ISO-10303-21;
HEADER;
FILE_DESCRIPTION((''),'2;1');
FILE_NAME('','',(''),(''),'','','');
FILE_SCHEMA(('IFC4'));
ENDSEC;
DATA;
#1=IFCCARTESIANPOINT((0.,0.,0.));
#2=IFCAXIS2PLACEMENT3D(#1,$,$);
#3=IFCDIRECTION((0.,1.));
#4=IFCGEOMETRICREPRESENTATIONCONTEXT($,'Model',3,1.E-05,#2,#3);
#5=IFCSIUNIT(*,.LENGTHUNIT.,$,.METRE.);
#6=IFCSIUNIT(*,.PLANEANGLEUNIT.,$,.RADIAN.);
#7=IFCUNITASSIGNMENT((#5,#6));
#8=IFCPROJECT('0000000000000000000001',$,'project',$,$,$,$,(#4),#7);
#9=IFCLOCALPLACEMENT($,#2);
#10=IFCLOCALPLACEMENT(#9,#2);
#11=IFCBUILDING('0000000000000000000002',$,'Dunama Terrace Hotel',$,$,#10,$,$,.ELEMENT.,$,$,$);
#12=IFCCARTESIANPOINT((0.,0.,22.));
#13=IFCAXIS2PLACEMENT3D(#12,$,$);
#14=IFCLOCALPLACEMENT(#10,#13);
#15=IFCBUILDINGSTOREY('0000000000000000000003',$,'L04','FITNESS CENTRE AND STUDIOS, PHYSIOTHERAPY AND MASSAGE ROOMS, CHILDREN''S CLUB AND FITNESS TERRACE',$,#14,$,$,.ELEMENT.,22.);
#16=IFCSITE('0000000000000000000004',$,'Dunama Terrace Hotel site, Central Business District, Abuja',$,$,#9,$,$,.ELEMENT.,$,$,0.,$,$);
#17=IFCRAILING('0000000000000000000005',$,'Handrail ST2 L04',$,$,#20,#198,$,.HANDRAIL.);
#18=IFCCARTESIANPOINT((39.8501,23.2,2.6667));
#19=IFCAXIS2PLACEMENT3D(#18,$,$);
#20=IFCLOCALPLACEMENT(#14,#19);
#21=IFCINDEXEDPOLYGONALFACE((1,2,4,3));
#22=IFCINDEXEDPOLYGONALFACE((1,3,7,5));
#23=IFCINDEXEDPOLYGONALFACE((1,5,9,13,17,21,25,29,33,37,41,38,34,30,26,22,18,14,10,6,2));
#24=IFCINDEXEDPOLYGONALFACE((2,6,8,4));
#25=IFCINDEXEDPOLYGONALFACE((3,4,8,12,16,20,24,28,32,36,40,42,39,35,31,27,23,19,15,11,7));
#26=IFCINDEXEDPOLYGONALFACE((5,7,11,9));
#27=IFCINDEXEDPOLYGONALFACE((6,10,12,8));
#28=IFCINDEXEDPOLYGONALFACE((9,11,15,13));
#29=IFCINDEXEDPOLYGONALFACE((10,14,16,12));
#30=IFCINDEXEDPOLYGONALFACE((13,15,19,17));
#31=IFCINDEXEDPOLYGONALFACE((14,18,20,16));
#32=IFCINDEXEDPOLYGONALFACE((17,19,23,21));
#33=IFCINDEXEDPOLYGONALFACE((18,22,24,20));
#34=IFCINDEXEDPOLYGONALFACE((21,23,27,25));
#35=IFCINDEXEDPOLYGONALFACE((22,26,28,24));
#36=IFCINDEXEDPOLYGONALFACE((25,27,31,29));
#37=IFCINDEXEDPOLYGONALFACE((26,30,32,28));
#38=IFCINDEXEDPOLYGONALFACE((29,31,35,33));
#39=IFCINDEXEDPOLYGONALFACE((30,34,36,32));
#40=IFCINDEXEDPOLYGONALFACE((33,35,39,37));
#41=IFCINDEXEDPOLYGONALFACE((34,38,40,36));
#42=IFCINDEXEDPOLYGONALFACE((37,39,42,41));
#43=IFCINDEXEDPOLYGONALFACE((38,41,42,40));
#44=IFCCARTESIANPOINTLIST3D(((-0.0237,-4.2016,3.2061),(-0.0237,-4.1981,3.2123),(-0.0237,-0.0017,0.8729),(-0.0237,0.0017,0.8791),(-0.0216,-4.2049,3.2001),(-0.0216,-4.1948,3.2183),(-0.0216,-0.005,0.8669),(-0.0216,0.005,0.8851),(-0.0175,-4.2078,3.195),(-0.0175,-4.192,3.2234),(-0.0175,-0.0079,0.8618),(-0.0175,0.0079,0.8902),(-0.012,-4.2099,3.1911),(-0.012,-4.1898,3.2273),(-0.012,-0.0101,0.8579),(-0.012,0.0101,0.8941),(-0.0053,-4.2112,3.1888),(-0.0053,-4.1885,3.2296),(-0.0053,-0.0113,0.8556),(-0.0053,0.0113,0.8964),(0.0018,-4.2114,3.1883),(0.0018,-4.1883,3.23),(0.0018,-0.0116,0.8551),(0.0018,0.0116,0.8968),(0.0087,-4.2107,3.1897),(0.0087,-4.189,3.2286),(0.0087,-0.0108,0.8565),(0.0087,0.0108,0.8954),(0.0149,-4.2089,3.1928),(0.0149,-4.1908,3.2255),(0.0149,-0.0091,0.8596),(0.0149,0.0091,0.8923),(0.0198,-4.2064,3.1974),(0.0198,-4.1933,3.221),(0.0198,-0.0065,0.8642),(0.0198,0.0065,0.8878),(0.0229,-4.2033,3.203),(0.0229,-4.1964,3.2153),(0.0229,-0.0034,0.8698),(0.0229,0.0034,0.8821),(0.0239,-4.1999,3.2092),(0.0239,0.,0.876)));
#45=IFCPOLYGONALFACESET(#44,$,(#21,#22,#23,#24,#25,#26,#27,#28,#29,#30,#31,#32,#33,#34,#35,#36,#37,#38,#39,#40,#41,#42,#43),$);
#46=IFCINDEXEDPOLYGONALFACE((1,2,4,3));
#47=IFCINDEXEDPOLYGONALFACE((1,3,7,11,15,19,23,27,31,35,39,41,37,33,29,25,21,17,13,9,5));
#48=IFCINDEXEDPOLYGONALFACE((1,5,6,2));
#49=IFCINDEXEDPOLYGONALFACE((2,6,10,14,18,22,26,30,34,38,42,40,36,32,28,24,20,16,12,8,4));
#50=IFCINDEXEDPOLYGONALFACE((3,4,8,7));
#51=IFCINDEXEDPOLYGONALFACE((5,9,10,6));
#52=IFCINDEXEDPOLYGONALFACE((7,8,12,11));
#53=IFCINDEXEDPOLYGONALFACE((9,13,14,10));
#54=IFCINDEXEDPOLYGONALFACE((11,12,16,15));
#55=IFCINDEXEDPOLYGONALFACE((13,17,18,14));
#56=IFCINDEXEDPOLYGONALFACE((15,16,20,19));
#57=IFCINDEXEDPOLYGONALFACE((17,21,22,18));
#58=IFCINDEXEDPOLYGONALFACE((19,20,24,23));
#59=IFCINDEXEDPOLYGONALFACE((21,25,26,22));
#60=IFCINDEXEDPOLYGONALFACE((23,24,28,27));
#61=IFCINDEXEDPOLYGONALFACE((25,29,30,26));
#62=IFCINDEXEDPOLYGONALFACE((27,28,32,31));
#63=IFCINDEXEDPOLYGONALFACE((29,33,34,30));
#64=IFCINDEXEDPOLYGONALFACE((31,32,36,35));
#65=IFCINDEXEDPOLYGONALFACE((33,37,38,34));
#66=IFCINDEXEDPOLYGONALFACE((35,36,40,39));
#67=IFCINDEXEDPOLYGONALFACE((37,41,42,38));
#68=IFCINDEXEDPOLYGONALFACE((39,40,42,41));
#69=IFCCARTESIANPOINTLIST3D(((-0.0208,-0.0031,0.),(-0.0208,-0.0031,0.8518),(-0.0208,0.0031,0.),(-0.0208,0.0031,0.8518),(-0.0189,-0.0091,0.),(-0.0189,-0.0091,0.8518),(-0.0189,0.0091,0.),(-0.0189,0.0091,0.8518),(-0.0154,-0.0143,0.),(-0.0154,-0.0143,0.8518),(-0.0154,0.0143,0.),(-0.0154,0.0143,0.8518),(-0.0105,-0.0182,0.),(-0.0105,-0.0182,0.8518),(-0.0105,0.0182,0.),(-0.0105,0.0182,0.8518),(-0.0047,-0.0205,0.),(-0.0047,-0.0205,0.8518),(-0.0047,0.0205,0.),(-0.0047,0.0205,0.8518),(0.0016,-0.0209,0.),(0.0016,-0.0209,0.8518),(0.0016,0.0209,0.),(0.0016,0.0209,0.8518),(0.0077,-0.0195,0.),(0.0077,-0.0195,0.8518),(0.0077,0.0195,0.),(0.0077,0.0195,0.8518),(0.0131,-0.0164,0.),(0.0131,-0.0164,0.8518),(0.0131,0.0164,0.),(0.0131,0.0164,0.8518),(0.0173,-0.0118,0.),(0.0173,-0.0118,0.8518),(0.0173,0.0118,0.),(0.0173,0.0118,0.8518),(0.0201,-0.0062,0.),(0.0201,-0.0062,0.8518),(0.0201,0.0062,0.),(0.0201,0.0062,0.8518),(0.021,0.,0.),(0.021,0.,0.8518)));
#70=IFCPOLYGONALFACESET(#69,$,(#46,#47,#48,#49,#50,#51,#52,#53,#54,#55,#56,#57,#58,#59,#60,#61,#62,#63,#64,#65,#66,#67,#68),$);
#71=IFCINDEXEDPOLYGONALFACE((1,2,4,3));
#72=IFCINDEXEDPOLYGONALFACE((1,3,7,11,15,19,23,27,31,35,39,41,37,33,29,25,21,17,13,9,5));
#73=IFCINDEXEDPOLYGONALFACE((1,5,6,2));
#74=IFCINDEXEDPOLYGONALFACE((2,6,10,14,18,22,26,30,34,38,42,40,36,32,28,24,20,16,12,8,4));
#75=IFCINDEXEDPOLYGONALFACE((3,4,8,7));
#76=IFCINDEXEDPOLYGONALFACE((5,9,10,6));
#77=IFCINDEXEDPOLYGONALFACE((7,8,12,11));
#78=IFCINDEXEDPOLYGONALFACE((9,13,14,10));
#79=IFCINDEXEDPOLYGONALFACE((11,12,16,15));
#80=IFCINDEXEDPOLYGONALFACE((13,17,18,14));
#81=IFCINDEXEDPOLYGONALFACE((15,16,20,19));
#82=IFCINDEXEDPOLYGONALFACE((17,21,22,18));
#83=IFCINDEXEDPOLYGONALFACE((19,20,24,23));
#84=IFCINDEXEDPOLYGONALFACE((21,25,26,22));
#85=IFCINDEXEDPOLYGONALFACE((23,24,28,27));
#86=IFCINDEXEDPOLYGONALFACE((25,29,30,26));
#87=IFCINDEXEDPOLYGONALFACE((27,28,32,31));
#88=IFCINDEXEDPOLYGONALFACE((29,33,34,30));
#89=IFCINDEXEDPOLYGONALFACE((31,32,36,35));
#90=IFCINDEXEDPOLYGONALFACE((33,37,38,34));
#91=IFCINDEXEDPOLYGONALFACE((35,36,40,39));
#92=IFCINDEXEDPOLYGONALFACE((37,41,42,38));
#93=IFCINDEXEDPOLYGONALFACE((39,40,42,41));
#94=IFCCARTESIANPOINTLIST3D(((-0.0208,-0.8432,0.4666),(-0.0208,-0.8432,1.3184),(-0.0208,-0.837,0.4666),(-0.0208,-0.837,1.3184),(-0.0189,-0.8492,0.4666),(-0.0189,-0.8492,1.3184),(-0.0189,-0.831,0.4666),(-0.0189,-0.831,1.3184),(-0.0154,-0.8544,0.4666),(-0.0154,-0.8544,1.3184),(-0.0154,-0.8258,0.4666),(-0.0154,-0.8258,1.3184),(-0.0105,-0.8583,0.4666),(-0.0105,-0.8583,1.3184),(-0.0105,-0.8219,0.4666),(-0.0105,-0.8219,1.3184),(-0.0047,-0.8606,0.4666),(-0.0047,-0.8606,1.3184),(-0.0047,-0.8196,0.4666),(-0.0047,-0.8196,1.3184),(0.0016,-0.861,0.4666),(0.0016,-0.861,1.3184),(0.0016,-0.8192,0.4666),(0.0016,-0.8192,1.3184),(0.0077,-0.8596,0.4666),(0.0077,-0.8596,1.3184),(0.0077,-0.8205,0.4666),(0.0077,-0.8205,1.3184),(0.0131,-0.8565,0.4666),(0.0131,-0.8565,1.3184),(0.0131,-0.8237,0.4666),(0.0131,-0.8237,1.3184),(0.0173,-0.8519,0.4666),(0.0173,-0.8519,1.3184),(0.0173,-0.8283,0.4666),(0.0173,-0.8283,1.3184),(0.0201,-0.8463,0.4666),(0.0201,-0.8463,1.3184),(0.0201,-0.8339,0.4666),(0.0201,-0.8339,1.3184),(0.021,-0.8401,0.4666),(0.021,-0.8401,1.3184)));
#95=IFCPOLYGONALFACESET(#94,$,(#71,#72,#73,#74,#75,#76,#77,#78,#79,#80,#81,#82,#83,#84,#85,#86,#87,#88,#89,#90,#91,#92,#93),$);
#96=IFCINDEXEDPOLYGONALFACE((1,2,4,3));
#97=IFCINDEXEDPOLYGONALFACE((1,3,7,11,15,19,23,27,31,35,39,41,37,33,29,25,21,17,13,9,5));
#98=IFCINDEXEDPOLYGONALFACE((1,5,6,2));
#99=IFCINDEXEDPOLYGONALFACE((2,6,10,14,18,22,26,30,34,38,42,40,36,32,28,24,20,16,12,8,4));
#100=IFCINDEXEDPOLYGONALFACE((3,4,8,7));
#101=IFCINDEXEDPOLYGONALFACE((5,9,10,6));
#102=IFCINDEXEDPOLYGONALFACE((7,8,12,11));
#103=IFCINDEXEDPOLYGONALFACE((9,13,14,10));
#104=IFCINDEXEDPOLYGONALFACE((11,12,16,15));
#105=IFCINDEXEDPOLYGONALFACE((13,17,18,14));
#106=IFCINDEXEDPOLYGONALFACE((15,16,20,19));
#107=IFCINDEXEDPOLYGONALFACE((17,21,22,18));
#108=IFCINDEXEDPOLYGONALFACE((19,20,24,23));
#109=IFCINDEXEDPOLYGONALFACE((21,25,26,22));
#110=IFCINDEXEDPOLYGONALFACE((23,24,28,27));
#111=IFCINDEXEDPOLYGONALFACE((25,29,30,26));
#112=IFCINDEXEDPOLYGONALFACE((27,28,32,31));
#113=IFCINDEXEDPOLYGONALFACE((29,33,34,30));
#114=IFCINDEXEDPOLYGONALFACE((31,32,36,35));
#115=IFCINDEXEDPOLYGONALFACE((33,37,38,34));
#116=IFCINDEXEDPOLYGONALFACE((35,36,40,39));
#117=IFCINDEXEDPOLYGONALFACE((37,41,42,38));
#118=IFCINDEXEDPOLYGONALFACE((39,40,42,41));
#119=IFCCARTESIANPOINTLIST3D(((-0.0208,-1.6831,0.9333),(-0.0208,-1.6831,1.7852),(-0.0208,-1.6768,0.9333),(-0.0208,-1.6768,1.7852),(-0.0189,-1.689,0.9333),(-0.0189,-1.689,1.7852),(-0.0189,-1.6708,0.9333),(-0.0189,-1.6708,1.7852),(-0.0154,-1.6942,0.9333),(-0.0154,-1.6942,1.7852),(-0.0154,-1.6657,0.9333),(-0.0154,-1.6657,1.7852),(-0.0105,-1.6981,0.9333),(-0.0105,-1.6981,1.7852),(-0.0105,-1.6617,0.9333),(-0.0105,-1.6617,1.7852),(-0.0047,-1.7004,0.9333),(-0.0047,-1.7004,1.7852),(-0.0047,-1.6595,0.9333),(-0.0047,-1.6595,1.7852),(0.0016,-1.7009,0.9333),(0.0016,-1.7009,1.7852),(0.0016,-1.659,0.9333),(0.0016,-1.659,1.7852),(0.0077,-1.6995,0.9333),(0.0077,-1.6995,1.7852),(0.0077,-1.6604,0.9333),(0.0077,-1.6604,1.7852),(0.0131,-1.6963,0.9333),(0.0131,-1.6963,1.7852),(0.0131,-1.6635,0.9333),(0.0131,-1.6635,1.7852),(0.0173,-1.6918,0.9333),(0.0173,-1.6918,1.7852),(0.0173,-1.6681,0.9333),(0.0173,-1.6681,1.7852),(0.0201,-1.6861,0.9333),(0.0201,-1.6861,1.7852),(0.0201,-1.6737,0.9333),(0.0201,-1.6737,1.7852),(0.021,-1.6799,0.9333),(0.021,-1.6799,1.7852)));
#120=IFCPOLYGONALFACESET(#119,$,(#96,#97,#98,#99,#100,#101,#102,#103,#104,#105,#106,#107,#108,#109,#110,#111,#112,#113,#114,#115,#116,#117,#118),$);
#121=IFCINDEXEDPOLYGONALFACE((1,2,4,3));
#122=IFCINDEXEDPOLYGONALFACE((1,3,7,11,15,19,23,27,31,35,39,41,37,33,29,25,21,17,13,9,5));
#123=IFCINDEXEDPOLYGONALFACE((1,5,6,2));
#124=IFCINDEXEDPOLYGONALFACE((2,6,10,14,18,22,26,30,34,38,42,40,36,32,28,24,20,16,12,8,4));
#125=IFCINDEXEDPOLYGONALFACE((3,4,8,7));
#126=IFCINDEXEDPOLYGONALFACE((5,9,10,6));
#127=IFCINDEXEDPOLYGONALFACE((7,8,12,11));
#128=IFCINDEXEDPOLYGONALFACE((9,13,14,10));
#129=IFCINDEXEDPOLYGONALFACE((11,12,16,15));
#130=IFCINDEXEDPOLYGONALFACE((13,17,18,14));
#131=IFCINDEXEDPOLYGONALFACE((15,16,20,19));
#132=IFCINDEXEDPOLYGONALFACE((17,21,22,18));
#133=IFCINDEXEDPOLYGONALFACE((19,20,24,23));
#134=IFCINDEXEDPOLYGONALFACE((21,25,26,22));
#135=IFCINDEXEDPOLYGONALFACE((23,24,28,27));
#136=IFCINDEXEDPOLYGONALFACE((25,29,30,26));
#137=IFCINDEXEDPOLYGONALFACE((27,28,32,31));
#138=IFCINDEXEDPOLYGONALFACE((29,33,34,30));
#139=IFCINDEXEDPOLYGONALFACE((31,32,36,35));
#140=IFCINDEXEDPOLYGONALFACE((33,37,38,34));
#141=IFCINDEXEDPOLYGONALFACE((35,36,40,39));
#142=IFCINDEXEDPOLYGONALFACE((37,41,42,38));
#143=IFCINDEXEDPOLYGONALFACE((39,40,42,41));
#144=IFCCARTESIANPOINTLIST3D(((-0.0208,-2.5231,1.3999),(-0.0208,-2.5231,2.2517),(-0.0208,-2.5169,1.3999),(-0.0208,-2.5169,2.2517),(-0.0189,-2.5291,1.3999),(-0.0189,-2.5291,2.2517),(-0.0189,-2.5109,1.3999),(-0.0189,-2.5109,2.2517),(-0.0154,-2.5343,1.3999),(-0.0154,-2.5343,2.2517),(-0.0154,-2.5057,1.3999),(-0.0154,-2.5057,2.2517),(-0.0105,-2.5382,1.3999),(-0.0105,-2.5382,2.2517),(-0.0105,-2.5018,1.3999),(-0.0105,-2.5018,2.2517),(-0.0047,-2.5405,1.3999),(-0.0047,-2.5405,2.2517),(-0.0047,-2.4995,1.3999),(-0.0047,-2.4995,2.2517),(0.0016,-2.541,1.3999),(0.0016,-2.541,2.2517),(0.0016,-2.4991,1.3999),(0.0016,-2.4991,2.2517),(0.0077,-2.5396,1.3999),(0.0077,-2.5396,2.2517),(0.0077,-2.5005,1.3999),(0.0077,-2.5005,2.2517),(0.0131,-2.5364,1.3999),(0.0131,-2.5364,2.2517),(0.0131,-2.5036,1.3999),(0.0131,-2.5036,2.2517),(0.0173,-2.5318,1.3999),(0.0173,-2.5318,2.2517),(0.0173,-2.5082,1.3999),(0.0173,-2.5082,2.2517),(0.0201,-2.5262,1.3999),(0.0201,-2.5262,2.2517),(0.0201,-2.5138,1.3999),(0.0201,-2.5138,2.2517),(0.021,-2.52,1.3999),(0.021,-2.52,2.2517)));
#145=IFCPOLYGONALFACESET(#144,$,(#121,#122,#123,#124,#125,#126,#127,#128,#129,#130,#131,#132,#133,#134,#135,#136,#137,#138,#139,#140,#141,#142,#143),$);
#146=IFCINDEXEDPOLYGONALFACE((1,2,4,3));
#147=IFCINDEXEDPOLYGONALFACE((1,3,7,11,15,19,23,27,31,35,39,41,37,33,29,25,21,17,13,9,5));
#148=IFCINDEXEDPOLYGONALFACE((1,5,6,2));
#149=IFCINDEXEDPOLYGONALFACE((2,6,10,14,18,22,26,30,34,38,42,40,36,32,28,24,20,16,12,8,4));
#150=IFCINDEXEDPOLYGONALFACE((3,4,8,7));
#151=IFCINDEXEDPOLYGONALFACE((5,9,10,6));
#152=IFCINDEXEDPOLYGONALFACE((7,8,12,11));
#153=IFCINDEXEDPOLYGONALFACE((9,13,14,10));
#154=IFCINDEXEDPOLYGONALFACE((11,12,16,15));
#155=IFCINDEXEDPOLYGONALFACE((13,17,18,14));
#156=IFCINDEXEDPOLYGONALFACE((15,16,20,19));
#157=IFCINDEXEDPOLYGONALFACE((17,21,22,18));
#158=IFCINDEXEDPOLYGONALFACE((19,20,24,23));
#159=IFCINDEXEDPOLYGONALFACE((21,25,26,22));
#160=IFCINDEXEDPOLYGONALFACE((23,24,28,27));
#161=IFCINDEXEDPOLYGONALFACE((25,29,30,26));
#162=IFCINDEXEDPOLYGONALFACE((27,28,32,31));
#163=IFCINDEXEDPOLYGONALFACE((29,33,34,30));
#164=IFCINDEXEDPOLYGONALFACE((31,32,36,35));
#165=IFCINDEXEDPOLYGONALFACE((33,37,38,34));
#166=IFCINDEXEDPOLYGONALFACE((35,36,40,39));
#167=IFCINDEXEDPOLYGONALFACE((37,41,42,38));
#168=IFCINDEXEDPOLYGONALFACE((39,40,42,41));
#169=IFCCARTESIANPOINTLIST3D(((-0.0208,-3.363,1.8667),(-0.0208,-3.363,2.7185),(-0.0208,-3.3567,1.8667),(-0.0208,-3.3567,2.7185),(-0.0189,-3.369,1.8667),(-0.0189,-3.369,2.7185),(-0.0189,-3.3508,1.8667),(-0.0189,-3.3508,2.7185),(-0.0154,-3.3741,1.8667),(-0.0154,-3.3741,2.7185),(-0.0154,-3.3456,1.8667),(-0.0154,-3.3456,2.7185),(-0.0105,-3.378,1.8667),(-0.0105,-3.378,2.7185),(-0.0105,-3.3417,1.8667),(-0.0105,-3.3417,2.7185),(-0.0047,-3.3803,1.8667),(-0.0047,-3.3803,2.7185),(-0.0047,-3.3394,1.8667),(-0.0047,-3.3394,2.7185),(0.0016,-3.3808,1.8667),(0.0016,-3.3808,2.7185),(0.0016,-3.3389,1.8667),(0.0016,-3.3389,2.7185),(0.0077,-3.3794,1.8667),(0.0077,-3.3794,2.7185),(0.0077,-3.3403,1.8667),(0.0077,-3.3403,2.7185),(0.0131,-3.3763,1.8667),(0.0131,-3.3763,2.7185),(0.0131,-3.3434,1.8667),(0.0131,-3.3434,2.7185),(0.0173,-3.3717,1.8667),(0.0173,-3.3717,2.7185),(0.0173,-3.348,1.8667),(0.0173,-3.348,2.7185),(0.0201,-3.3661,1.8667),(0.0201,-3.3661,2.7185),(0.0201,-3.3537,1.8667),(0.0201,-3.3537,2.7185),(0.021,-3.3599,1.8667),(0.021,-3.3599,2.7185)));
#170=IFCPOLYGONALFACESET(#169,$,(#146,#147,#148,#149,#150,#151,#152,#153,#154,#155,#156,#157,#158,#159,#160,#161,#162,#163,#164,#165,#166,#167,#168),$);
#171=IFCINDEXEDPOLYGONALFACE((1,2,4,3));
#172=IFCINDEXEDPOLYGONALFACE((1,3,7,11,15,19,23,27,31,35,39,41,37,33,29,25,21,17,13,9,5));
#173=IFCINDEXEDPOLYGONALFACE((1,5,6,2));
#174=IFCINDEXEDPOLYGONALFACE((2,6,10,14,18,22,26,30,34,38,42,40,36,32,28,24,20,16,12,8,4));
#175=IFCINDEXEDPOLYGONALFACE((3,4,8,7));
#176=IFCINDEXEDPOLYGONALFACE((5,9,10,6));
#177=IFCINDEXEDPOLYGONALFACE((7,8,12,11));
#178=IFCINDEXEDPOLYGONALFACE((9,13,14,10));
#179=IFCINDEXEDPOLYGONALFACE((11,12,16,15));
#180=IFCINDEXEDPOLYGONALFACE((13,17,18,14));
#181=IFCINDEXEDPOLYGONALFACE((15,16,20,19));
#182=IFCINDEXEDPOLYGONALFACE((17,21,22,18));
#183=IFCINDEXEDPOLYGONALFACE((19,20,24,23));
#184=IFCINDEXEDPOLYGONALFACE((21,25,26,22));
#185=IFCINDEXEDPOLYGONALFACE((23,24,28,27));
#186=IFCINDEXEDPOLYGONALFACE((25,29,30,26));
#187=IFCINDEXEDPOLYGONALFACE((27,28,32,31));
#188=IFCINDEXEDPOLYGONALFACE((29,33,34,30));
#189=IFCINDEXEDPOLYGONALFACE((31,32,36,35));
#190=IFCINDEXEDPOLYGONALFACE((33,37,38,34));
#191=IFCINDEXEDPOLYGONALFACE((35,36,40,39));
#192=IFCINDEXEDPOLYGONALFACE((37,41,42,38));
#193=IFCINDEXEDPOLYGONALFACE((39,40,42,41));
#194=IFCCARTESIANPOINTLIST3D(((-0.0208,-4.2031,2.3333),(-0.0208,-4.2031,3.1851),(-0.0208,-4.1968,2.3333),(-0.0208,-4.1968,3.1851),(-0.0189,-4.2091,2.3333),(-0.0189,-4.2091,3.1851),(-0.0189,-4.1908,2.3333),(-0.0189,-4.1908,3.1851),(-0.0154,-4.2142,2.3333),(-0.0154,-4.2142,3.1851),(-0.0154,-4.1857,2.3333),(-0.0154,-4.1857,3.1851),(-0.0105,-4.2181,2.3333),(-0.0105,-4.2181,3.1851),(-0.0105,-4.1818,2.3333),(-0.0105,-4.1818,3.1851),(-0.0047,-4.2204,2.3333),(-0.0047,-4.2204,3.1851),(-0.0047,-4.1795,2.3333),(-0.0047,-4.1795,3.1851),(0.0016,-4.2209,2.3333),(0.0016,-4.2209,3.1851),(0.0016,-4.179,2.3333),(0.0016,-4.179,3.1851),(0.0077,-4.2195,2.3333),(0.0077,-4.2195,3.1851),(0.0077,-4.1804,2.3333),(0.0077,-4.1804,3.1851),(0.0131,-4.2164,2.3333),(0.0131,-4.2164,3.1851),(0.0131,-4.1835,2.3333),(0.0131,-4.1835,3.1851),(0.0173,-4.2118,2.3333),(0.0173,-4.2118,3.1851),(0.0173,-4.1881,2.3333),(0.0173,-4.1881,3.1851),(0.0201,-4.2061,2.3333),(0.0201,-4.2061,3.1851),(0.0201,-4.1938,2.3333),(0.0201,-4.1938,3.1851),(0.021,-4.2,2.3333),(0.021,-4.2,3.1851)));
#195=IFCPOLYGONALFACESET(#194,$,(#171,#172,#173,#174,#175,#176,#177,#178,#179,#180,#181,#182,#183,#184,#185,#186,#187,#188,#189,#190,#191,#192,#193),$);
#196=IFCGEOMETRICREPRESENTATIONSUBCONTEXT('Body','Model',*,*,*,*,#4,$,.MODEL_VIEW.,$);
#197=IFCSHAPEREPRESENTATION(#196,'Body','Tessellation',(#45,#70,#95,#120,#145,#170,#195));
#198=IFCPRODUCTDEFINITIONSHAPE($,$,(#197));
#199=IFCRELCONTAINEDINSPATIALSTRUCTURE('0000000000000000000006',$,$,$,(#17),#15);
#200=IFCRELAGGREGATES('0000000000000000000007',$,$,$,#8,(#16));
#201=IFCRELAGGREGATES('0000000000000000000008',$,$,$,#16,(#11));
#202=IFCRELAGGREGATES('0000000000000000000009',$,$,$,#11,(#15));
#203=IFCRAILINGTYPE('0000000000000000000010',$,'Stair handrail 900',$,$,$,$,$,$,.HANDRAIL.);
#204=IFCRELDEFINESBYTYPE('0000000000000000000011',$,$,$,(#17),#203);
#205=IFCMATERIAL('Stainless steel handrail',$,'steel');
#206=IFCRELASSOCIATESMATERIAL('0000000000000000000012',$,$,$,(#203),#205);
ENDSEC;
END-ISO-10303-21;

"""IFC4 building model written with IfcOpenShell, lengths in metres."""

from ifc_helpers import new_model, si_unit, direction, frame, origin, origin_2d, place, context, subcontext, project, spatial, circle, extrude, material, type_object, element, save


model = new_model("IFC4")

# Units and contexts
model_context = context("Model", 3, precision=1e-05, world=origin(), true_north=direction((0.0, 1.0)))
body_context = subcontext(model_context, "Body", "Model", "MODEL_VIEW")
ifc_project = project(units=[si_unit("LENGTHUNIT", "METRE"), si_unit("PLANEANGLEUNIT", "RADIAN")], contexts=[model_context])

# Site, building, storey
site_placement = place(None, origin())
site = spatial("IfcSite", under=ifc_project, at=site_placement, Name="Dunama Terrace Hotel site, Central Business District, Abuja", CompositionType="ELEMENT", RefElevation=0.0)
building_placement = place(site_placement, origin())
building = spatial("IfcBuilding", under=site, at=building_placement, Name="Dunama Terrace Hotel", CompositionType="ELEMENT")
storey_placement = place(building_placement, frame((0.0, 0.0, 22.0)))
storey = spatial("IfcBuildingStorey", under=building, at=storey_placement, Name="L04", Description="FITNESS CENTRE AND STUDIOS, PHYSIOTHERAPY AND MASSAGE ROOMS, CHILDREN'S CLUB AND FITNESS TERRACE", CompositionType="ELEMENT", Elevation=22.0)

# Railing
ifc_material_1 = material(Name="Stainless steel handrail", Category="steel")
railing_type = type_object("IfcRailingType", Name="Stair handrail 900", PredefinedType="HANDRAIL", material=ifc_material_1)
railing_1_placement = place(storey_placement, frame((39.8501, 23.2, 2.6667)))
element("IfcRailing", 1, at=railing_1_placement, inside=storey, type_object=railing_type, Name="Handrail ST2 L04", PredefinedType="HANDRAIL", context=body_context, shape_type="SweptSolid", body=[
    extrude(circle(Radius=0.0239, at=origin_2d()), frame((0.0, 0.0, 0.876), z_axis=(0.0, -0.874162, 0.485634), x_axis=(1.0, 0.0, 0.0)), (0.0, 0.0, 1.0), 4.8044),
    extrude(circle(Radius=0.021, at=origin_2d()), origin(), (0.0, 0.0, 1.0), 0.8518),
    extrude(circle(Radius=0.021, at=origin_2d()), frame((0.0, -0.8401, 0.4666)), (0.0, 0.0, 1.0), 0.8518),
    extrude(circle(Radius=0.021, at=origin_2d()), frame((0.0, -1.6799, 0.9333)), (0.0, 0.0, 1.0), 0.8518),
    extrude(circle(Radius=0.021, at=origin_2d()), frame((0.0, -2.52, 1.3999)), (0.0, 0.0, 1.0), 0.8518),
    extrude(circle(Radius=0.021, at=origin_2d()), frame((0.0, -3.3599, 1.8667)), (0.0, 0.0, 1.0), 0.8518),
    extrude(circle(Radius=0.021, at=origin_2d()), frame((0.0, -4.2, 2.3333)), (0.0, 0.0, 1.0), 0.8518),
])

save(model, "model.ifc")
